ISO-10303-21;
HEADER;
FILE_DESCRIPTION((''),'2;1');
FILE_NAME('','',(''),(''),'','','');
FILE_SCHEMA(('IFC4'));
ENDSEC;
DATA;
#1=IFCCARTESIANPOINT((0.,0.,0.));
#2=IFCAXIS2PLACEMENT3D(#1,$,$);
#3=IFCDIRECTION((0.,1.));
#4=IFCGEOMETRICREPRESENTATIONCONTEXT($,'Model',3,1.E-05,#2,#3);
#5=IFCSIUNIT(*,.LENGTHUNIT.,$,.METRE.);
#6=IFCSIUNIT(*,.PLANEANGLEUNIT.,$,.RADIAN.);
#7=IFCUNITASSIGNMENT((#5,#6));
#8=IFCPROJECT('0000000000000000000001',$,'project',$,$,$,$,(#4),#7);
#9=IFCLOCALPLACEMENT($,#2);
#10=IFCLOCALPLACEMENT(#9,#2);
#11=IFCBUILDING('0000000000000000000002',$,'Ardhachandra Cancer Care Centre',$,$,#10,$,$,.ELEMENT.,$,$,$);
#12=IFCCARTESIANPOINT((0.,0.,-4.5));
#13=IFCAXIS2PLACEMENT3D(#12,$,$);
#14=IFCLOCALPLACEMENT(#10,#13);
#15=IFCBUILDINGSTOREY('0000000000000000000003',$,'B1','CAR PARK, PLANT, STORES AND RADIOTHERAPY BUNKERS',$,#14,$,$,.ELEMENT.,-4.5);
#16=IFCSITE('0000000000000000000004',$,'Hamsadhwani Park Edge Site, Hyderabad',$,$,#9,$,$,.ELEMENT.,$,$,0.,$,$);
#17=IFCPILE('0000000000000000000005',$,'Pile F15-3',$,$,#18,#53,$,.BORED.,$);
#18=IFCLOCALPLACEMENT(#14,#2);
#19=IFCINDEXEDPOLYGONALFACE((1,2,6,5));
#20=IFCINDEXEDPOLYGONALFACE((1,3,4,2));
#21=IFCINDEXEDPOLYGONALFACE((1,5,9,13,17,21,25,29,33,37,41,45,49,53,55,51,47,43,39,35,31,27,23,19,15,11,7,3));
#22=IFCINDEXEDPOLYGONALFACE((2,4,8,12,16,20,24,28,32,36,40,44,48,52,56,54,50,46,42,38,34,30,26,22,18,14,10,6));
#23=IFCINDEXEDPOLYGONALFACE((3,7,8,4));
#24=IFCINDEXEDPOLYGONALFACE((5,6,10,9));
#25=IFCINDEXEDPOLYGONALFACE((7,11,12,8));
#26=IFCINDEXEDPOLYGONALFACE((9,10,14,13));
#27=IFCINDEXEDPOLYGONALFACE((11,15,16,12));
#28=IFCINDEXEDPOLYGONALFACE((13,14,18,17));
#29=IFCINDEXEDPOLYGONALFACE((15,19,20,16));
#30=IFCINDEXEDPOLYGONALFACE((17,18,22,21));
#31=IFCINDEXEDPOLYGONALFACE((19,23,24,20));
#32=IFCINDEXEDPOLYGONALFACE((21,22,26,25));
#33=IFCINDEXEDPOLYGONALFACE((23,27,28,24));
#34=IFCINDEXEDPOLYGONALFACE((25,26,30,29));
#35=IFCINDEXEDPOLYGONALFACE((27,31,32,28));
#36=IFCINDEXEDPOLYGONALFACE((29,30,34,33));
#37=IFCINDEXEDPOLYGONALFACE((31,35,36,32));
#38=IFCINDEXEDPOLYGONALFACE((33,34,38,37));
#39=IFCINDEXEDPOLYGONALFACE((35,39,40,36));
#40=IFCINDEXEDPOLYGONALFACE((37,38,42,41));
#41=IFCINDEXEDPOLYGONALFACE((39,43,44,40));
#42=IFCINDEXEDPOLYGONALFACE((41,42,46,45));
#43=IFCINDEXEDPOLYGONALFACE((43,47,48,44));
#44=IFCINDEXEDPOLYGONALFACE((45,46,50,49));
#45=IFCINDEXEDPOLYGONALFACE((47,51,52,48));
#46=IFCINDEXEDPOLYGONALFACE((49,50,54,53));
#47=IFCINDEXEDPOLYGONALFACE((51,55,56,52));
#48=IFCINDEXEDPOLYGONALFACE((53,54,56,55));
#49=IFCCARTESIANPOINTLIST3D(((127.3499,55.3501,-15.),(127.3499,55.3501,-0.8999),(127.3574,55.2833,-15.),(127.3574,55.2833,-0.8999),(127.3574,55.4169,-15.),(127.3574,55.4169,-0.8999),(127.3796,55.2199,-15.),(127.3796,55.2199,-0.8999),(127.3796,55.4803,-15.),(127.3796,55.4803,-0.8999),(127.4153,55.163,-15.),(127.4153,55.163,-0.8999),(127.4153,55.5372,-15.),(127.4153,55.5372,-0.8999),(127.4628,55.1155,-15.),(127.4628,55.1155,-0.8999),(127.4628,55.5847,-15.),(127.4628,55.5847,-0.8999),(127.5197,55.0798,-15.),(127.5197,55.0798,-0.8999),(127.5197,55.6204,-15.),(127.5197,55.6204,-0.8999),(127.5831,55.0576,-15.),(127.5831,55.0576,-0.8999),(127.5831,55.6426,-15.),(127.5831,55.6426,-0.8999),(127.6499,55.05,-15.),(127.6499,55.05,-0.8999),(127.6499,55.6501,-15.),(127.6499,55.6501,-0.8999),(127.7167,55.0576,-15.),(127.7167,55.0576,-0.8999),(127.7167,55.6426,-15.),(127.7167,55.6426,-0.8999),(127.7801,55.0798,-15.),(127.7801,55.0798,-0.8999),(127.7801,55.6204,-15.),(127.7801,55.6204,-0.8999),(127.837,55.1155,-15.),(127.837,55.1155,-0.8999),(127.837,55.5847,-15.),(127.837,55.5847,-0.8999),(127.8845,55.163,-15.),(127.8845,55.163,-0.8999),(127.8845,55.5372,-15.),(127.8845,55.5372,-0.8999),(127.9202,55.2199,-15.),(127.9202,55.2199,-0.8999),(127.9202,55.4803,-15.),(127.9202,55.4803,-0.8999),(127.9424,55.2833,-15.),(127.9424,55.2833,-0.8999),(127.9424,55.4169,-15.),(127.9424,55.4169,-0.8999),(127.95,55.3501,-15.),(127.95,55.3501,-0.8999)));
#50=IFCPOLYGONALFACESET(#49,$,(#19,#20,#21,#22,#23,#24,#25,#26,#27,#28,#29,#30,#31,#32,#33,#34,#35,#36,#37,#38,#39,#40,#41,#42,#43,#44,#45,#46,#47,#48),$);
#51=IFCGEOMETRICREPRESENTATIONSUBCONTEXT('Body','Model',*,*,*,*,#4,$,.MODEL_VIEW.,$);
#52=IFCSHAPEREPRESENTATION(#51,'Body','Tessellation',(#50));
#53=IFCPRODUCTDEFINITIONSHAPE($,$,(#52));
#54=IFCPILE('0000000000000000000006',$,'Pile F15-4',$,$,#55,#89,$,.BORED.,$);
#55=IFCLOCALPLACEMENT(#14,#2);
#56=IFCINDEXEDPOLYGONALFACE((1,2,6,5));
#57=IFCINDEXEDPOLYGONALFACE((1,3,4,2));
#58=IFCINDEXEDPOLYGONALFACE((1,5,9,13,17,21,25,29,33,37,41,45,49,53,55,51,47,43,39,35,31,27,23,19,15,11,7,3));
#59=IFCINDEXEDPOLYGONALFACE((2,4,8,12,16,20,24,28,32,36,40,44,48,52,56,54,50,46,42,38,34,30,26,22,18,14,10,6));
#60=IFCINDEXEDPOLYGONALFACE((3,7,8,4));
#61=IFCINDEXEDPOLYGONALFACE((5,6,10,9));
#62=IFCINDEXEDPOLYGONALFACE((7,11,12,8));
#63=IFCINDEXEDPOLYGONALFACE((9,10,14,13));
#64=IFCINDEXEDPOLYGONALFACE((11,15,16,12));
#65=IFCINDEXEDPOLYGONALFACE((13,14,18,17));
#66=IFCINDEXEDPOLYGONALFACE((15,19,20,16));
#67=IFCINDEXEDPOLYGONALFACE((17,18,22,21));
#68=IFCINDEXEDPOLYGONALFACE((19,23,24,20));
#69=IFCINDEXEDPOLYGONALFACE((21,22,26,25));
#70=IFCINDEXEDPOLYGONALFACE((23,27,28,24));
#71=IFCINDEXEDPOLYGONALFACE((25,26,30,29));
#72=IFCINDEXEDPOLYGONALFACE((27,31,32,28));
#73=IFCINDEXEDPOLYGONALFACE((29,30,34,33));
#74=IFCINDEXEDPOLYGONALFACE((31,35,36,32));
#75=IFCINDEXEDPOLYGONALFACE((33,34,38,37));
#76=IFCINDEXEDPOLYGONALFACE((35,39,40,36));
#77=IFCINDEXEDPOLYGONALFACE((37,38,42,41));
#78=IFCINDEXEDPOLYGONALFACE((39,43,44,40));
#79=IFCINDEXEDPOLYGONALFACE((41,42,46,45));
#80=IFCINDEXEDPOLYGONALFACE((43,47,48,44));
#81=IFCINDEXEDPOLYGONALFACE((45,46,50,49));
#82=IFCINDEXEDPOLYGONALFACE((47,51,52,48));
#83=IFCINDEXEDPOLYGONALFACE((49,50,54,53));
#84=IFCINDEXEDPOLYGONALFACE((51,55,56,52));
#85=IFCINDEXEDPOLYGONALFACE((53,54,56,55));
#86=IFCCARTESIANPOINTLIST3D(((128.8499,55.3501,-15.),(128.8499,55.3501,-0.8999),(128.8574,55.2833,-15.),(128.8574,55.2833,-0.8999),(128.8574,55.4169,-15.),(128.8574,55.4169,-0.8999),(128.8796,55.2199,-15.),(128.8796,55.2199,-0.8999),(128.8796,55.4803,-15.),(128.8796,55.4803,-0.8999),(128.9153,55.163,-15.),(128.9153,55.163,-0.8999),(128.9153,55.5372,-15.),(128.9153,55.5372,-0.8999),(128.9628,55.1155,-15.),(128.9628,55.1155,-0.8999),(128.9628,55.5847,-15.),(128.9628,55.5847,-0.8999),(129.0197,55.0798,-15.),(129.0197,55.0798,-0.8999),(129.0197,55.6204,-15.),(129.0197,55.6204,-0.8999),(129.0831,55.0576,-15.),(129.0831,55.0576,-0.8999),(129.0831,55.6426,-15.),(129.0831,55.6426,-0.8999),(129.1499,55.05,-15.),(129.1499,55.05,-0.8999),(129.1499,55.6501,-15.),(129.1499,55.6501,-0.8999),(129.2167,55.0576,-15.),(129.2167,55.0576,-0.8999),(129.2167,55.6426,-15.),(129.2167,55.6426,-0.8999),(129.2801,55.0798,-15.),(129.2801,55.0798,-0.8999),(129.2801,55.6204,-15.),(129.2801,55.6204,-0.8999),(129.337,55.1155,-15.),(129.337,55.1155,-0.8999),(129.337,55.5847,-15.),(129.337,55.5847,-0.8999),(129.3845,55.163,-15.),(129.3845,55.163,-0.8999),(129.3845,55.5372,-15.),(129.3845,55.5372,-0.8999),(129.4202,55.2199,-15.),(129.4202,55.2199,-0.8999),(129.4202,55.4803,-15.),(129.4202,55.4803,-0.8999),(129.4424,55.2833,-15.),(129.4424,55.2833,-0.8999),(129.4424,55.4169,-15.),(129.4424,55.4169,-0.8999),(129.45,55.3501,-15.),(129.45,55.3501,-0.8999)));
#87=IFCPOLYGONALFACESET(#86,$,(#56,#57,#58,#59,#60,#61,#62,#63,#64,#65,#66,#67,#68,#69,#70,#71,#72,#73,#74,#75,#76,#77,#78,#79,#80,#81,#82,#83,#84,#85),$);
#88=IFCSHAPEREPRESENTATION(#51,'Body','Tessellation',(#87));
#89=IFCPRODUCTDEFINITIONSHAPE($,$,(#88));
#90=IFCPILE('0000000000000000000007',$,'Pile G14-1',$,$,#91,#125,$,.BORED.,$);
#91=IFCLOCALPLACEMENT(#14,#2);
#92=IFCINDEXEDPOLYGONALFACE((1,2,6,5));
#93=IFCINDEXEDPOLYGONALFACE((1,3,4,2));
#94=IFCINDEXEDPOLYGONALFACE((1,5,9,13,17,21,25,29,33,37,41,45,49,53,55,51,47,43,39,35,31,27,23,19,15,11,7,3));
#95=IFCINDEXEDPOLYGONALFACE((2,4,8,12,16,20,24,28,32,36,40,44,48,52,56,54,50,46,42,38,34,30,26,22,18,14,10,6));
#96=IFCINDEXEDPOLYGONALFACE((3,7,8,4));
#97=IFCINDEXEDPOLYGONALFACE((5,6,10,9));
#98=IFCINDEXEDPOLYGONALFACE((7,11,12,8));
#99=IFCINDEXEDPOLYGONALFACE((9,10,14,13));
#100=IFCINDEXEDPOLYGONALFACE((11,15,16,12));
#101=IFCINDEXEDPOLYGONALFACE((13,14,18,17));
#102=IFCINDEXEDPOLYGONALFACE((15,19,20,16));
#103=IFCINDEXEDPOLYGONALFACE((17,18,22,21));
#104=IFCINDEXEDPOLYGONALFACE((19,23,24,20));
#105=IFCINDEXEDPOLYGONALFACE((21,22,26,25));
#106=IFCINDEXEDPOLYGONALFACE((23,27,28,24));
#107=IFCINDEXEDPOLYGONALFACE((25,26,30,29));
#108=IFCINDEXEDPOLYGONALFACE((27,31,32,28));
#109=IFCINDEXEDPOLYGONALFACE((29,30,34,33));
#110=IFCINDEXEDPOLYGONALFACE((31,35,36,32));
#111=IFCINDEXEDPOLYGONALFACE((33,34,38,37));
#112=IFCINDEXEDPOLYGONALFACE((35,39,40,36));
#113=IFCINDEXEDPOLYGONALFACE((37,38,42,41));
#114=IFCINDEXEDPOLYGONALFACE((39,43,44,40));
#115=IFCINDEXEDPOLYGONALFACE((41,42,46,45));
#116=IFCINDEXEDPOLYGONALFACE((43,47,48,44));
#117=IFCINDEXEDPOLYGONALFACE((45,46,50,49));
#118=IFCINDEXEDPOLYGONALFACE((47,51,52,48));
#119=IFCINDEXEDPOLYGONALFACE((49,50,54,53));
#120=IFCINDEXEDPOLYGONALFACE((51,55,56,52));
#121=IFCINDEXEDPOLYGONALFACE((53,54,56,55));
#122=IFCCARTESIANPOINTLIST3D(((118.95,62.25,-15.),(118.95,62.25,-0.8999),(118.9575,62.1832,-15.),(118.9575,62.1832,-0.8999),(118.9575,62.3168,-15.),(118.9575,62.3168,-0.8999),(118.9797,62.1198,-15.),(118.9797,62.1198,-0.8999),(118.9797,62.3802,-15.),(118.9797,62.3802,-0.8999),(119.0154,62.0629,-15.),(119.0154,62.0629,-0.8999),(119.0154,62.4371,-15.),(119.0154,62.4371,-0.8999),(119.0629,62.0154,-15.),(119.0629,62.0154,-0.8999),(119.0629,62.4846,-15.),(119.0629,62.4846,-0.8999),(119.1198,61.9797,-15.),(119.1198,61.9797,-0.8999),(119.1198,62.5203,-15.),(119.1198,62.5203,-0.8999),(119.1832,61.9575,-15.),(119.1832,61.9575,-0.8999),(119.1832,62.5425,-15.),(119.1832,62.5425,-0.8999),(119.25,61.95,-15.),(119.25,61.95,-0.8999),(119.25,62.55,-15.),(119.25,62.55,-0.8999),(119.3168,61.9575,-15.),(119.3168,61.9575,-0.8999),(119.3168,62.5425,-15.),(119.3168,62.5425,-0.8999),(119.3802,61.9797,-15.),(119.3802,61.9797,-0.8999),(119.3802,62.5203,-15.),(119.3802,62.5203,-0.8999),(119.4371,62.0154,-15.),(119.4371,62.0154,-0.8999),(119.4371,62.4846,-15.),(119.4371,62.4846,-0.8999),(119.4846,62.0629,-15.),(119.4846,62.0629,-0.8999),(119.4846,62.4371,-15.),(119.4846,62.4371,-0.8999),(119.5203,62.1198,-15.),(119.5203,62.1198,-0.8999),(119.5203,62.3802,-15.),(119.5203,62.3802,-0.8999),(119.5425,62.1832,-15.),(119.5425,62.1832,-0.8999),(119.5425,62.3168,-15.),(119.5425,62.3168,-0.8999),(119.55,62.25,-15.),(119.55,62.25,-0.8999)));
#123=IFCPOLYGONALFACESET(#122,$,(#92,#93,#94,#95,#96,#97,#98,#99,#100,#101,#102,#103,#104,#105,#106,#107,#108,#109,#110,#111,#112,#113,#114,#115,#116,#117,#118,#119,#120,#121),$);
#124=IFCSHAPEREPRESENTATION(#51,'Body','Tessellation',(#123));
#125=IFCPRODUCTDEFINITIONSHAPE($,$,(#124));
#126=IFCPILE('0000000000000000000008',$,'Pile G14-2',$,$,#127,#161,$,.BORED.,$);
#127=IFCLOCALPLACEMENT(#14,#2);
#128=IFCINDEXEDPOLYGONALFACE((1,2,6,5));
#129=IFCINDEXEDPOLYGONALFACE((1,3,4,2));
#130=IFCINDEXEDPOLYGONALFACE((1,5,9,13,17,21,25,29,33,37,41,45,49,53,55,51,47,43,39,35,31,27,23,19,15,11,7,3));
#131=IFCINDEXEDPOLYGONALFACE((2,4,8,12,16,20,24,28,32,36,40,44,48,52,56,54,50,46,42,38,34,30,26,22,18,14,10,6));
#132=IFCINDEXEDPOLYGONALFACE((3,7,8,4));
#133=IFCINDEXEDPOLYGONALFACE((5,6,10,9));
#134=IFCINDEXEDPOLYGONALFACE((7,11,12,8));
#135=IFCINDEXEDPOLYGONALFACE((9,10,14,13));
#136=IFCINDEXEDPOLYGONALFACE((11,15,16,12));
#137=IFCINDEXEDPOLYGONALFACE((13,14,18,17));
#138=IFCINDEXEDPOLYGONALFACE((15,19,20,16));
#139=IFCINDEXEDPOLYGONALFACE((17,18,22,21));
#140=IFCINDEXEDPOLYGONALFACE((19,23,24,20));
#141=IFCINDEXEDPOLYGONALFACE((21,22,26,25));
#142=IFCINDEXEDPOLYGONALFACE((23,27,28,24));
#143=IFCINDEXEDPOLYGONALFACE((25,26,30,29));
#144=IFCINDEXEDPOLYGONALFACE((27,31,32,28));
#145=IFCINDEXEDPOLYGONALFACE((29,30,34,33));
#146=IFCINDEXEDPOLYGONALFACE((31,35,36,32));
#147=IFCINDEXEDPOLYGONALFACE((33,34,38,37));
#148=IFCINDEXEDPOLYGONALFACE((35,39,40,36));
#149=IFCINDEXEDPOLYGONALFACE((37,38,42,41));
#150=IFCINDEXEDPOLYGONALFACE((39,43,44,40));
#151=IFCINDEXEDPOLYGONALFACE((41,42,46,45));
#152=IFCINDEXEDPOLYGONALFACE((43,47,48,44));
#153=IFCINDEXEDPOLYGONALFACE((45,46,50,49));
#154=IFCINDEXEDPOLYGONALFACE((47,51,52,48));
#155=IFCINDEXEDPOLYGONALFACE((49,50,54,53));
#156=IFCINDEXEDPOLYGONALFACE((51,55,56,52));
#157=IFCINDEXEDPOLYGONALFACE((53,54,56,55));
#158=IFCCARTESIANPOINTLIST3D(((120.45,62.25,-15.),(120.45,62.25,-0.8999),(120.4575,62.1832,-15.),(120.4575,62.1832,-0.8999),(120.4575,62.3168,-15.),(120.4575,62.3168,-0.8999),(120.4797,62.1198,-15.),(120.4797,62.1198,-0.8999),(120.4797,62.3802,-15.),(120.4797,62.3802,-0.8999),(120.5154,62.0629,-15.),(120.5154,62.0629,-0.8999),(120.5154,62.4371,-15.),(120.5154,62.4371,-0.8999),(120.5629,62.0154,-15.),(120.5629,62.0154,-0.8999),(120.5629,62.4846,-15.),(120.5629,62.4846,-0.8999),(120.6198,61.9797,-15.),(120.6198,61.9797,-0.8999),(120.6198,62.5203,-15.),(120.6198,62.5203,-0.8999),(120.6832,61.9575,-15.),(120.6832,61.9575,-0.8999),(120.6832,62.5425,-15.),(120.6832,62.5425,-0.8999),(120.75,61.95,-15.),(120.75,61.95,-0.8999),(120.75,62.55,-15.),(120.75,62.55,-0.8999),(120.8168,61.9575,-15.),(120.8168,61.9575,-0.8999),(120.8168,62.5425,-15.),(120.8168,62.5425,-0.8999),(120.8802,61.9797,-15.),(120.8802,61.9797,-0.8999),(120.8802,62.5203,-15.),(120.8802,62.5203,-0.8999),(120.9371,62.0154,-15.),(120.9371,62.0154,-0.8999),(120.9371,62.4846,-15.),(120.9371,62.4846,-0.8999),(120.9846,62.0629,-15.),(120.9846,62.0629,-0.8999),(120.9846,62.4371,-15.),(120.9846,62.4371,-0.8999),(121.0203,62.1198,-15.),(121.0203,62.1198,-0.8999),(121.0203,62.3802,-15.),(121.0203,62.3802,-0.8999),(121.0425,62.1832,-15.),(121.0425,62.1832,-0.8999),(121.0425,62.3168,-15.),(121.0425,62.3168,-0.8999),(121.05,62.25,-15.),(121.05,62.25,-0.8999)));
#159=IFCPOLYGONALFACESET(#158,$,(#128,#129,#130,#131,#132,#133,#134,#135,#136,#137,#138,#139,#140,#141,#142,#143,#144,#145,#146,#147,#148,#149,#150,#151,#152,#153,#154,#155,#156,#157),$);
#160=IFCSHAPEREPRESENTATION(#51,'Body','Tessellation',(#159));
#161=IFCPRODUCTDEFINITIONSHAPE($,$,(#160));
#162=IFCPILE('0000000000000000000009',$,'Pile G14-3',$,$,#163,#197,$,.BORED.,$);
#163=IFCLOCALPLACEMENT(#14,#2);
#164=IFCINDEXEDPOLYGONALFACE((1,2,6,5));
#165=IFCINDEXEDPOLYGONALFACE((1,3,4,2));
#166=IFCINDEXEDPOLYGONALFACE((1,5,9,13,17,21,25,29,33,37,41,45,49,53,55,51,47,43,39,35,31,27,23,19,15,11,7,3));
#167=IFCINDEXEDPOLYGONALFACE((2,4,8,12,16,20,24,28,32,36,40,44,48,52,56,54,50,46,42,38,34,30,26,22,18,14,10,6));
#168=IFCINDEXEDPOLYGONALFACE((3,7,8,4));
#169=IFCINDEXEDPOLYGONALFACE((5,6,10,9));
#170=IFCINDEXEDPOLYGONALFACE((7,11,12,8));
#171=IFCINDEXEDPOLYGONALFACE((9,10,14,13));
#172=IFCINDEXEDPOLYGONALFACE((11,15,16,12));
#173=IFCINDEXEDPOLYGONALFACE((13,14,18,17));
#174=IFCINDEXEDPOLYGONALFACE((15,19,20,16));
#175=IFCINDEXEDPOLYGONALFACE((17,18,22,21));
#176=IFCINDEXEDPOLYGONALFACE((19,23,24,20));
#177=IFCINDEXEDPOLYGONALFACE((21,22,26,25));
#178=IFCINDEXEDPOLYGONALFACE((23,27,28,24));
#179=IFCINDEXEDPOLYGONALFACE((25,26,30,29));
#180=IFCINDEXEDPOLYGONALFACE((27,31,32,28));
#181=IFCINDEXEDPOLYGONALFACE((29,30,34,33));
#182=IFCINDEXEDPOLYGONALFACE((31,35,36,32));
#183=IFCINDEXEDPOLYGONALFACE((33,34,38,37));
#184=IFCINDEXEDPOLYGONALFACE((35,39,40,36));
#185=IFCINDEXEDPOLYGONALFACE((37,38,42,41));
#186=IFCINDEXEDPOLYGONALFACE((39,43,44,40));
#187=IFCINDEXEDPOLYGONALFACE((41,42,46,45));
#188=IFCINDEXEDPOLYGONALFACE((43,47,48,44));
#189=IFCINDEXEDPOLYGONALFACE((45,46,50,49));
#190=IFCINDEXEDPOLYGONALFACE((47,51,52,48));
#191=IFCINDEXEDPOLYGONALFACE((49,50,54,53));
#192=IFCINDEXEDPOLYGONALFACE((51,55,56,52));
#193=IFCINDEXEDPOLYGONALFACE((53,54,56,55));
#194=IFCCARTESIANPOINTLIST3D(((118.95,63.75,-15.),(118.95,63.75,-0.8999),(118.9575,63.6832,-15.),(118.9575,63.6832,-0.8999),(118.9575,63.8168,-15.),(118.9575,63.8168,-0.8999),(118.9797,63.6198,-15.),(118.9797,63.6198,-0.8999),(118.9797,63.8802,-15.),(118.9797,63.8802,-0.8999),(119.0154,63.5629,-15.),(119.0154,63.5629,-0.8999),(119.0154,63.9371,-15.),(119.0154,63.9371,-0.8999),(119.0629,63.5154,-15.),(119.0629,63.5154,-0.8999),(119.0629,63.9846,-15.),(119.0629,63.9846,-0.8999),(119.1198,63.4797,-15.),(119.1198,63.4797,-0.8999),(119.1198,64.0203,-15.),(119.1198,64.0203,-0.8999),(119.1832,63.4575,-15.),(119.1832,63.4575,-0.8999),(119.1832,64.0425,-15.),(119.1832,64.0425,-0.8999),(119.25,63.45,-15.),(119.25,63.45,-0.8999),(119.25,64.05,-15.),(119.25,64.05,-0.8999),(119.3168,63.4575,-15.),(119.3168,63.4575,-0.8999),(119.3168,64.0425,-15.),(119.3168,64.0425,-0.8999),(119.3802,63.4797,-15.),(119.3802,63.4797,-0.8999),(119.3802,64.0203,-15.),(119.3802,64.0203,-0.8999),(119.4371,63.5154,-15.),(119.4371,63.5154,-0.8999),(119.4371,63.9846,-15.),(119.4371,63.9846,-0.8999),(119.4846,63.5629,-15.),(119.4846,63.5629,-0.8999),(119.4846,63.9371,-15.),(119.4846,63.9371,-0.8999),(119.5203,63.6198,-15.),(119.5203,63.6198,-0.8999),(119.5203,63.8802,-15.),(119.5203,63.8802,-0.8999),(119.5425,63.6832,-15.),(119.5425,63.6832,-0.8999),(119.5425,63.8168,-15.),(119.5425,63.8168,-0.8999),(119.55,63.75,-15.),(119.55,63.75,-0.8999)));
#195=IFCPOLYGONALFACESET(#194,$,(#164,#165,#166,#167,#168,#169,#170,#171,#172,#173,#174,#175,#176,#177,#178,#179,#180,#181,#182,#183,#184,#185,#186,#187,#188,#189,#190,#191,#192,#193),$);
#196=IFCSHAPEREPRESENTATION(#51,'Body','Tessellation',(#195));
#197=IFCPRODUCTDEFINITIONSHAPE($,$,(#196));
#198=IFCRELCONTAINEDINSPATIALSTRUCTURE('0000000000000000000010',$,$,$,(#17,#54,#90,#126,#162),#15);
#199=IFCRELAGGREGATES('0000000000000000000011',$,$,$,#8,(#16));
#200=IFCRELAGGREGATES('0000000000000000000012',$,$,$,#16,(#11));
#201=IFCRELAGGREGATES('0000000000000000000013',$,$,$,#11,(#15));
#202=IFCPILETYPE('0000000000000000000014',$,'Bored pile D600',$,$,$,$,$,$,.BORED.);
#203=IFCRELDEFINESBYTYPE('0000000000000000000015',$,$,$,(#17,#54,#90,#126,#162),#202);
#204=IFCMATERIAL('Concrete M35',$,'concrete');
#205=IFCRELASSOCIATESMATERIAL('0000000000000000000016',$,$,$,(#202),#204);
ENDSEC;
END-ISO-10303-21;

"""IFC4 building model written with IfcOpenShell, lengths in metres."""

from ifc_helpers import new_model, si_unit, direction, frame, origin, origin_2d, place, context, subcontext, project, spatial, circle, extrude, material, material_profile, profile_set, type_object, element, save


model = new_model("IFC4")

# Units and contexts
model_context = context("Model", 3, precision=1e-05, world=origin(), true_north=direction((0.0, 1.0)))
body_context = subcontext(model_context, "Body", "Model", "MODEL_VIEW")
ifc_project = project(units=[si_unit("LENGTHUNIT", "METRE"), si_unit("PLANEANGLEUNIT", "RADIAN")], contexts=[model_context])

# Site, building, storey
site_placement = place(None, origin())
site = spatial("IfcSite", under=ifc_project, at=site_placement, Name="Hamsadhwani Park Edge Site, Hyderabad", CompositionType="ELEMENT", RefElevation=0.0)
building_placement = place(site_placement, origin())
building = spatial("IfcBuilding", under=site, at=building_placement, Name="Ardhachandra Cancer Care Centre", CompositionType="ELEMENT")
storey_placement = place(building_placement, frame((0.0, 0.0, -4.5)))
storey = spatial("IfcBuildingStorey", under=building, at=storey_placement, Name="B1", Description="CAR PARK, PLANT, STORES AND RADIOTHERAPY BUNKERS", CompositionType="ELEMENT", Elevation=-4.5)

# Piles
ifc_material_1 = material(Name="Concrete M35", Category="concrete")
ifc_material_profile_1 = material_profile(ifc_material_1, circle(Radius=0.3, at=origin_2d()), Name="D600")
ifc_profile_set_1 = profile_set([ifc_material_profile_1], Name="Concrete M35")
pile_type = type_object("IfcPileType", Name="Bored pile D600", PredefinedType="BORED", material=ifc_profile_set_1)
for number, where, z_axis, x_axis, name in (
    (1, (127.6499, 55.3501, -0.8999), (0.0, 0.0, -1.0), (1.0, 0.0, 0.0), "Pile F15-3"),
    (2, (129.1499, 55.3501, -0.8999), (0.0, 0.0, -1.0), (1.0, 0.0, 0.0), "Pile F15-4"),
    (3, (119.25, 62.25, -0.8999), (0.0, 0.0, -1.0), (1.0, 0.0, 0.0), "Pile G14-1"),
    (4, (120.75, 62.25, -0.8999), (0.0, 0.0, -1.0), (1.0, 0.0, 0.0), "Pile G14-2"),
    (5, (119.25, 63.75, -0.8999), (0.0, 0.0, -1.0), (1.0, 0.0, 0.0), "Pile G14-3"),
):
    element("IfcPile", number, at=place(storey_placement, frame(where, z_axis=z_axis, x_axis=x_axis)), inside=storey, type_object=pile_type, Name=name, PredefinedType="BORED", context=body_context, shape_type="SweptSolid", body=[
        extrude(circle(Radius=0.3, at=origin_2d()), origin(), (0.0, 0.0, 1.0), 14.1001),
    ])

save(model, "model.ifc")
